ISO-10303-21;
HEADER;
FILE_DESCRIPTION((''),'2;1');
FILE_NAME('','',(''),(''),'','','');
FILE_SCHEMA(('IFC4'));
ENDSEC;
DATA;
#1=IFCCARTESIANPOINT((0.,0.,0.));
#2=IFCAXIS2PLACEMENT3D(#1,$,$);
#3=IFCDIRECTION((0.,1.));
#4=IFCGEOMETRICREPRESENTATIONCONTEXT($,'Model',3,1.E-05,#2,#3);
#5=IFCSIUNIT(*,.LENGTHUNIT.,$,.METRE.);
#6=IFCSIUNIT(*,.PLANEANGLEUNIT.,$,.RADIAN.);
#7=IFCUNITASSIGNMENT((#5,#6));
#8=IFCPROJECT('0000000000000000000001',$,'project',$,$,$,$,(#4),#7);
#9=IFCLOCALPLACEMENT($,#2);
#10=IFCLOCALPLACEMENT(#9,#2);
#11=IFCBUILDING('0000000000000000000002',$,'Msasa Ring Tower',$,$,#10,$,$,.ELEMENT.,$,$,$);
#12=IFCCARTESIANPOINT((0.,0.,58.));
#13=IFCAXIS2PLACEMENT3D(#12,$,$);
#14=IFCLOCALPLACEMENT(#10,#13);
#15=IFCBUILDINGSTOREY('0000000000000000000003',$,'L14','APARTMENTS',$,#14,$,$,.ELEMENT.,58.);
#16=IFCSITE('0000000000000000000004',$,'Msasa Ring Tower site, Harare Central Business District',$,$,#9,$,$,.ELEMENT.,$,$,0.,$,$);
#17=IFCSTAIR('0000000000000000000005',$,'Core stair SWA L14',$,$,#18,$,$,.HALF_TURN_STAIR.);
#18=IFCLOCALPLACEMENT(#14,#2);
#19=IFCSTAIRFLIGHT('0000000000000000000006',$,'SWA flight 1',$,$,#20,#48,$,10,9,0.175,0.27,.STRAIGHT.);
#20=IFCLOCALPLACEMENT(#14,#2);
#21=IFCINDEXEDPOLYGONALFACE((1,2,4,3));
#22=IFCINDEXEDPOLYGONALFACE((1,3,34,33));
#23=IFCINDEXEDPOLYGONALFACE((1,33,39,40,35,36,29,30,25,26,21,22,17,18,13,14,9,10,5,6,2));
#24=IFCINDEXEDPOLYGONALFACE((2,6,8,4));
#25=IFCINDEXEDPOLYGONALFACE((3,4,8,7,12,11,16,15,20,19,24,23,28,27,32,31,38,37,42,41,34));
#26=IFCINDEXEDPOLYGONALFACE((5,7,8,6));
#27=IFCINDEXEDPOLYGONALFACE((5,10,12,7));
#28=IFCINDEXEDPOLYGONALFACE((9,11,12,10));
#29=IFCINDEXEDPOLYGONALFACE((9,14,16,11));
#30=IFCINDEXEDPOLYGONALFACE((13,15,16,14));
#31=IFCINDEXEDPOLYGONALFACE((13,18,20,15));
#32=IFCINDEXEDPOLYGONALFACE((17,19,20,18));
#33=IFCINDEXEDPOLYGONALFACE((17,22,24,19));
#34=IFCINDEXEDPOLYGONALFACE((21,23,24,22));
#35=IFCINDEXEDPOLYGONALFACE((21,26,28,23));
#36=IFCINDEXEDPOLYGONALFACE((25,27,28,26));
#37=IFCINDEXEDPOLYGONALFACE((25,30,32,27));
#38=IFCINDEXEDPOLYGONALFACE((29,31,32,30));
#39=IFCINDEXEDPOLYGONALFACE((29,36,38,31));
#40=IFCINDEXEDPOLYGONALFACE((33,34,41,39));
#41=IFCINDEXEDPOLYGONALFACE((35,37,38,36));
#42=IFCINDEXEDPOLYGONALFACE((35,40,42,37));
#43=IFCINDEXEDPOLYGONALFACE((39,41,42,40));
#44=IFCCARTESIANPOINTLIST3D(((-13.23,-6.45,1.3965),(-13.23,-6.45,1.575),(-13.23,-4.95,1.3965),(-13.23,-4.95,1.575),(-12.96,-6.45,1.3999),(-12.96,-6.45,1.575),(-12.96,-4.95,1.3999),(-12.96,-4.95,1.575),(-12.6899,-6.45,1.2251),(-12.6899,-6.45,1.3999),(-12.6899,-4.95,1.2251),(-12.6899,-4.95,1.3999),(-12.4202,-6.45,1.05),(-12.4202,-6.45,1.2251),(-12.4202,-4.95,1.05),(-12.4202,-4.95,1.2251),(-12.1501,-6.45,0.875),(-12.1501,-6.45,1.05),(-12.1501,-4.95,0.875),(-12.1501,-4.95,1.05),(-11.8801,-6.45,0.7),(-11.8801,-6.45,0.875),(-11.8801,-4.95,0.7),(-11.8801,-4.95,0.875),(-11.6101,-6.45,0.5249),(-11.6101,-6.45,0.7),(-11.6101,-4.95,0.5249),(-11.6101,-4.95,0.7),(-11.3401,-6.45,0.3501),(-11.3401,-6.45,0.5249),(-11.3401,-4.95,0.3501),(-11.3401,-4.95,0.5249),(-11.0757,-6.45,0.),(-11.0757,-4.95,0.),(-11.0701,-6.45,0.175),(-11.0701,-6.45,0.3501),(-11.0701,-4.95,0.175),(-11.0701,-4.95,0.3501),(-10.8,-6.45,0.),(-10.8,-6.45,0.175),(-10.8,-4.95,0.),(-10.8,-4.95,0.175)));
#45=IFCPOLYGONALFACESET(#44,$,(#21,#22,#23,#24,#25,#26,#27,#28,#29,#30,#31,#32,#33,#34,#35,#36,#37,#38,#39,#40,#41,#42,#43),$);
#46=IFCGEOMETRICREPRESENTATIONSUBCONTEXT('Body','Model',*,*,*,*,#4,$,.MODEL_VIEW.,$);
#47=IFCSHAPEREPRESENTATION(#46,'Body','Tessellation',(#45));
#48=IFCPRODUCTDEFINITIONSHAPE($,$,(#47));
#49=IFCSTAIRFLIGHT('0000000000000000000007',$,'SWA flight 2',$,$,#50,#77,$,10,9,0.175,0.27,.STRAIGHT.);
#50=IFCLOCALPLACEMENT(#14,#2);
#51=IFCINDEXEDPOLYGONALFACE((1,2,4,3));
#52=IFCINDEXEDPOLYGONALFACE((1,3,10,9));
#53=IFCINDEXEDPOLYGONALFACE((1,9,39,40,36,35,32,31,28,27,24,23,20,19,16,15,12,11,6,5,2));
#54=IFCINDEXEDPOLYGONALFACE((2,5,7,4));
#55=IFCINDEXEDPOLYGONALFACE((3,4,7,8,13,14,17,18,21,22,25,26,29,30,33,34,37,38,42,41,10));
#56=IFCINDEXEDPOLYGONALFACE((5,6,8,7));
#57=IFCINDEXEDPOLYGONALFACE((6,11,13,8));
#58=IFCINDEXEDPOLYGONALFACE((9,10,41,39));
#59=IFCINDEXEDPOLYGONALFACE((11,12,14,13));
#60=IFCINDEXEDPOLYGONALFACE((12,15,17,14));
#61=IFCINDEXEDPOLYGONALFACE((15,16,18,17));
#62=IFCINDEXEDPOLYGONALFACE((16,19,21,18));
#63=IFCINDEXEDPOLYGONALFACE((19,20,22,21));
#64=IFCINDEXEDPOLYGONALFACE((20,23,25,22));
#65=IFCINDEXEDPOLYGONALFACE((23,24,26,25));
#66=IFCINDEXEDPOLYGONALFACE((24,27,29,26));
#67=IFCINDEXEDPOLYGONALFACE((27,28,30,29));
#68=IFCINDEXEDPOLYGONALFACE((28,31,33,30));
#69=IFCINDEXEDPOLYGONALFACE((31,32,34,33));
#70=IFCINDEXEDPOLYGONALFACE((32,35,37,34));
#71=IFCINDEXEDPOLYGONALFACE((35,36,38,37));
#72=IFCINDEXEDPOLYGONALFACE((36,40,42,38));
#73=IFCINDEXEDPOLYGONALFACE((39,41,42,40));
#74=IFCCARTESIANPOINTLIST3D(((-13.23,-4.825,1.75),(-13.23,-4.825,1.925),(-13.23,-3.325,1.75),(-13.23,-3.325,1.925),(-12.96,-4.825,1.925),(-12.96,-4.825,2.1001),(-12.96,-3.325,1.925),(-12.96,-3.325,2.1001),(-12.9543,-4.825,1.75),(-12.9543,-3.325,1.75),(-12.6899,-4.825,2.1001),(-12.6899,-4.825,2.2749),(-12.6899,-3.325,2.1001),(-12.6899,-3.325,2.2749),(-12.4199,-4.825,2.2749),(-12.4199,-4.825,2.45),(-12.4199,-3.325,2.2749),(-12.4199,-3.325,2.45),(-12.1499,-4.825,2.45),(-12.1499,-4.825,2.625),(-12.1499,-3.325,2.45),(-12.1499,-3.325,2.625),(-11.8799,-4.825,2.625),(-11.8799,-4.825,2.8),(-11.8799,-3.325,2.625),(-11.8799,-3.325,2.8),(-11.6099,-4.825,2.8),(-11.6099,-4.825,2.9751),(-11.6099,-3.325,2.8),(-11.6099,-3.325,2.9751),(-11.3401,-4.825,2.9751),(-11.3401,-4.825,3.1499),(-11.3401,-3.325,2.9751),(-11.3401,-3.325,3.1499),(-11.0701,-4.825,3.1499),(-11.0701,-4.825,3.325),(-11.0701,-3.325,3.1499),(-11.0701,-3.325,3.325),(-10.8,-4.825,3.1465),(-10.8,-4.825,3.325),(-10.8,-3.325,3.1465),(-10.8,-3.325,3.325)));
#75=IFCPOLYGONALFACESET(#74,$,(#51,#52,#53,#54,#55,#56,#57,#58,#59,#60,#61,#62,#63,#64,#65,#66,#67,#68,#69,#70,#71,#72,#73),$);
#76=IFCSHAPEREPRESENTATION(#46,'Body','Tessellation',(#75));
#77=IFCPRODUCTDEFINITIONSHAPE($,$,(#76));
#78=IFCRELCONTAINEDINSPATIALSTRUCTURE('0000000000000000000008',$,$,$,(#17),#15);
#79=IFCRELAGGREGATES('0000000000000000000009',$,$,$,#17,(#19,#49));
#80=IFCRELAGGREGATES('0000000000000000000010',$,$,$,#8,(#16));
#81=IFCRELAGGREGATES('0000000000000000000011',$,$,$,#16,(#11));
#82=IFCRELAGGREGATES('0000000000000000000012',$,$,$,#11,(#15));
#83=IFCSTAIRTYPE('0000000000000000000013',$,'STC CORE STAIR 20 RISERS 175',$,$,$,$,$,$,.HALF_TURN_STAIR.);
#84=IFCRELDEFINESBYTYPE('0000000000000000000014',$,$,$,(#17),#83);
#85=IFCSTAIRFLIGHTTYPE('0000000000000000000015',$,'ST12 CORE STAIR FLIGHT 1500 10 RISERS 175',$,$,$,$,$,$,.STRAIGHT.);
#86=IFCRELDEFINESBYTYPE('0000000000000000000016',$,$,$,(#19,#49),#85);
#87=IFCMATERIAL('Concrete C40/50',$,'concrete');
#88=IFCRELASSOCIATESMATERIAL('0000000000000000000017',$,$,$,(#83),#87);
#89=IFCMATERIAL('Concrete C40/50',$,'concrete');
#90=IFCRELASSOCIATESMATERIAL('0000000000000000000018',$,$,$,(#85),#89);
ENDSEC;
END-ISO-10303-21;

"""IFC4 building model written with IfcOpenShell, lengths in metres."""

from ifc_helpers import new_model, si_unit, direction, frame, origin, place, context, subcontext, project, spatial, polyline, outline, extrude, material, type_object, element, aggregate, save


model = new_model("IFC4")

# Units and contexts
model_context = context("Model", 3, precision=1e-05, world=origin(), true_north=direction((0.0, 1.0)))
body_context = subcontext(model_context, "Body", "Model", "MODEL_VIEW")
ifc_project = project(units=[si_unit("LENGTHUNIT", "METRE"), si_unit("PLANEANGLEUNIT", "RADIAN")], contexts=[model_context])

# Site, building, storey
site_placement = place(None, origin())
site = spatial("IfcSite", under=ifc_project, at=site_placement, Name="Msasa Ring Tower site, Harare Central Business District", CompositionType="ELEMENT", RefElevation=0.0)
building_placement = place(site_placement, origin())
building = spatial("IfcBuilding", under=site, at=building_placement, Name="Msasa Ring Tower", CompositionType="ELEMENT")
storey_placement = place(building_placement, frame((0.0, 0.0, 58.0)))
storey = spatial("IfcBuildingStorey", under=building, at=storey_placement, Name="L14", Description="APARTMENTS", CompositionType="ELEMENT", Elevation=58.0)

# Stair, stair flights
ifc_material_1 = material(Name="Concrete C40/50", Category="concrete")
stair_type = type_object("IfcStairType", Name="STC CORE STAIR 20 RISERS 175", PredefinedType="HALF_TURN_STAIR", material=ifc_material_1)
stair_placement = place(storey_placement, origin())
stair = element("IfcStair", 1, at=stair_placement, inside=storey, type_object=stair_type, Name="Core stair SWA L14", PredefinedType="HALF_TURN_STAIR")
ifc_material_2 = material(Name="Concrete C40/50", Category="concrete")
stair_flight_type = type_object("IfcStairFlightType", Name="ST12 CORE STAIR FLIGHT 1500 10 RISERS 175", PredefinedType="STRAIGHT", material=ifc_material_2)
stair_flight_1_placement = place(storey_placement, frame((-10.8, -5.7, 0.0), z_axis=(0.0, 0.0, 1.0), x_axis=(-1.0, 0.0, 0.0)))
stair_flight_1 = element("IfcStairFlight", 2, at=stair_flight_1_placement, type_object=stair_flight_type, Name="SWA flight 1", NumberOfRisers=10, NumberOfTreads=9, PredefinedType="STRAIGHT", RiserHeight=0.175, TreadLength=0.27, context=body_context, shape_type="SweptSolid", body=[
    extrude(outline(polyline([(0.0, 0.0), (0.0, 0.175), (0.27, 0.175), (0.27, 0.3501), (0.54, 0.3501), (0.54, 0.5249), (0.8101, 0.5249), (0.8101, 0.7), (1.0801, 0.7), (1.0801, 0.875), (1.3501, 0.875), (1.3501, 1.05), (1.6201, 1.05), (1.6201, 1.2251), (1.8899, 1.2251), (1.8899, 1.3999), (2.1599, 1.3999), (2.1599, 1.575), (2.4299, 1.575), (2.4299, 1.75), (2.4299, 1.3965), (0.2756, 0.0), (0.0, 0.0)])), frame((0.0, 0.75, 0.0), z_axis=(0.0, -1.0, 0.0), x_axis=(1.0, 0.0, 0.0)), (0.0, 0.0, 1.0), 1.5),
])
stair_flight_2_placement = place(storey_placement, frame((-13.23, -4.075, 1.75), z_axis=(0.0, 0.0, 1.0), x_axis=(1.0, 0.0, 0.0)))
stair_flight_2 = element("IfcStairFlight", 3, at=stair_flight_2_placement, type_object=stair_flight_type, Name="SWA flight 2", NumberOfRisers=10, NumberOfTreads=9, PredefinedType="STRAIGHT", RiserHeight=0.175, TreadLength=0.27, context=body_context, shape_type="SweptSolid", body=[
    extrude(outline(polyline([(0.0, 0.0), (0.0, 0.175), (0.27, 0.175), (0.27, 0.3501), (0.54, 0.3501), (0.54, 0.5249), (0.8101, 0.5249), (0.8101, 0.7), (1.0801, 0.7), (1.0801, 0.875), (1.3501, 0.875), (1.3501, 1.05), (1.6201, 1.05), (1.6201, 1.2251), (1.8899, 1.2251), (1.8899, 1.3999), (2.1599, 1.3999), (2.1599, 1.575), (2.4299, 1.575), (2.4299, 1.75), (2.4299, 1.3965), (0.2756, 0.0), (0.0, 0.0)])), frame((0.0, 0.75, 0.0), z_axis=(0.0, -1.0, 0.0), x_axis=(1.0, 0.0, 0.0)), (0.0, 0.0, 1.0), 1.5),
])
aggregate(stair, [stair_flight_1, stair_flight_2])

save(model, "model.ifc")
